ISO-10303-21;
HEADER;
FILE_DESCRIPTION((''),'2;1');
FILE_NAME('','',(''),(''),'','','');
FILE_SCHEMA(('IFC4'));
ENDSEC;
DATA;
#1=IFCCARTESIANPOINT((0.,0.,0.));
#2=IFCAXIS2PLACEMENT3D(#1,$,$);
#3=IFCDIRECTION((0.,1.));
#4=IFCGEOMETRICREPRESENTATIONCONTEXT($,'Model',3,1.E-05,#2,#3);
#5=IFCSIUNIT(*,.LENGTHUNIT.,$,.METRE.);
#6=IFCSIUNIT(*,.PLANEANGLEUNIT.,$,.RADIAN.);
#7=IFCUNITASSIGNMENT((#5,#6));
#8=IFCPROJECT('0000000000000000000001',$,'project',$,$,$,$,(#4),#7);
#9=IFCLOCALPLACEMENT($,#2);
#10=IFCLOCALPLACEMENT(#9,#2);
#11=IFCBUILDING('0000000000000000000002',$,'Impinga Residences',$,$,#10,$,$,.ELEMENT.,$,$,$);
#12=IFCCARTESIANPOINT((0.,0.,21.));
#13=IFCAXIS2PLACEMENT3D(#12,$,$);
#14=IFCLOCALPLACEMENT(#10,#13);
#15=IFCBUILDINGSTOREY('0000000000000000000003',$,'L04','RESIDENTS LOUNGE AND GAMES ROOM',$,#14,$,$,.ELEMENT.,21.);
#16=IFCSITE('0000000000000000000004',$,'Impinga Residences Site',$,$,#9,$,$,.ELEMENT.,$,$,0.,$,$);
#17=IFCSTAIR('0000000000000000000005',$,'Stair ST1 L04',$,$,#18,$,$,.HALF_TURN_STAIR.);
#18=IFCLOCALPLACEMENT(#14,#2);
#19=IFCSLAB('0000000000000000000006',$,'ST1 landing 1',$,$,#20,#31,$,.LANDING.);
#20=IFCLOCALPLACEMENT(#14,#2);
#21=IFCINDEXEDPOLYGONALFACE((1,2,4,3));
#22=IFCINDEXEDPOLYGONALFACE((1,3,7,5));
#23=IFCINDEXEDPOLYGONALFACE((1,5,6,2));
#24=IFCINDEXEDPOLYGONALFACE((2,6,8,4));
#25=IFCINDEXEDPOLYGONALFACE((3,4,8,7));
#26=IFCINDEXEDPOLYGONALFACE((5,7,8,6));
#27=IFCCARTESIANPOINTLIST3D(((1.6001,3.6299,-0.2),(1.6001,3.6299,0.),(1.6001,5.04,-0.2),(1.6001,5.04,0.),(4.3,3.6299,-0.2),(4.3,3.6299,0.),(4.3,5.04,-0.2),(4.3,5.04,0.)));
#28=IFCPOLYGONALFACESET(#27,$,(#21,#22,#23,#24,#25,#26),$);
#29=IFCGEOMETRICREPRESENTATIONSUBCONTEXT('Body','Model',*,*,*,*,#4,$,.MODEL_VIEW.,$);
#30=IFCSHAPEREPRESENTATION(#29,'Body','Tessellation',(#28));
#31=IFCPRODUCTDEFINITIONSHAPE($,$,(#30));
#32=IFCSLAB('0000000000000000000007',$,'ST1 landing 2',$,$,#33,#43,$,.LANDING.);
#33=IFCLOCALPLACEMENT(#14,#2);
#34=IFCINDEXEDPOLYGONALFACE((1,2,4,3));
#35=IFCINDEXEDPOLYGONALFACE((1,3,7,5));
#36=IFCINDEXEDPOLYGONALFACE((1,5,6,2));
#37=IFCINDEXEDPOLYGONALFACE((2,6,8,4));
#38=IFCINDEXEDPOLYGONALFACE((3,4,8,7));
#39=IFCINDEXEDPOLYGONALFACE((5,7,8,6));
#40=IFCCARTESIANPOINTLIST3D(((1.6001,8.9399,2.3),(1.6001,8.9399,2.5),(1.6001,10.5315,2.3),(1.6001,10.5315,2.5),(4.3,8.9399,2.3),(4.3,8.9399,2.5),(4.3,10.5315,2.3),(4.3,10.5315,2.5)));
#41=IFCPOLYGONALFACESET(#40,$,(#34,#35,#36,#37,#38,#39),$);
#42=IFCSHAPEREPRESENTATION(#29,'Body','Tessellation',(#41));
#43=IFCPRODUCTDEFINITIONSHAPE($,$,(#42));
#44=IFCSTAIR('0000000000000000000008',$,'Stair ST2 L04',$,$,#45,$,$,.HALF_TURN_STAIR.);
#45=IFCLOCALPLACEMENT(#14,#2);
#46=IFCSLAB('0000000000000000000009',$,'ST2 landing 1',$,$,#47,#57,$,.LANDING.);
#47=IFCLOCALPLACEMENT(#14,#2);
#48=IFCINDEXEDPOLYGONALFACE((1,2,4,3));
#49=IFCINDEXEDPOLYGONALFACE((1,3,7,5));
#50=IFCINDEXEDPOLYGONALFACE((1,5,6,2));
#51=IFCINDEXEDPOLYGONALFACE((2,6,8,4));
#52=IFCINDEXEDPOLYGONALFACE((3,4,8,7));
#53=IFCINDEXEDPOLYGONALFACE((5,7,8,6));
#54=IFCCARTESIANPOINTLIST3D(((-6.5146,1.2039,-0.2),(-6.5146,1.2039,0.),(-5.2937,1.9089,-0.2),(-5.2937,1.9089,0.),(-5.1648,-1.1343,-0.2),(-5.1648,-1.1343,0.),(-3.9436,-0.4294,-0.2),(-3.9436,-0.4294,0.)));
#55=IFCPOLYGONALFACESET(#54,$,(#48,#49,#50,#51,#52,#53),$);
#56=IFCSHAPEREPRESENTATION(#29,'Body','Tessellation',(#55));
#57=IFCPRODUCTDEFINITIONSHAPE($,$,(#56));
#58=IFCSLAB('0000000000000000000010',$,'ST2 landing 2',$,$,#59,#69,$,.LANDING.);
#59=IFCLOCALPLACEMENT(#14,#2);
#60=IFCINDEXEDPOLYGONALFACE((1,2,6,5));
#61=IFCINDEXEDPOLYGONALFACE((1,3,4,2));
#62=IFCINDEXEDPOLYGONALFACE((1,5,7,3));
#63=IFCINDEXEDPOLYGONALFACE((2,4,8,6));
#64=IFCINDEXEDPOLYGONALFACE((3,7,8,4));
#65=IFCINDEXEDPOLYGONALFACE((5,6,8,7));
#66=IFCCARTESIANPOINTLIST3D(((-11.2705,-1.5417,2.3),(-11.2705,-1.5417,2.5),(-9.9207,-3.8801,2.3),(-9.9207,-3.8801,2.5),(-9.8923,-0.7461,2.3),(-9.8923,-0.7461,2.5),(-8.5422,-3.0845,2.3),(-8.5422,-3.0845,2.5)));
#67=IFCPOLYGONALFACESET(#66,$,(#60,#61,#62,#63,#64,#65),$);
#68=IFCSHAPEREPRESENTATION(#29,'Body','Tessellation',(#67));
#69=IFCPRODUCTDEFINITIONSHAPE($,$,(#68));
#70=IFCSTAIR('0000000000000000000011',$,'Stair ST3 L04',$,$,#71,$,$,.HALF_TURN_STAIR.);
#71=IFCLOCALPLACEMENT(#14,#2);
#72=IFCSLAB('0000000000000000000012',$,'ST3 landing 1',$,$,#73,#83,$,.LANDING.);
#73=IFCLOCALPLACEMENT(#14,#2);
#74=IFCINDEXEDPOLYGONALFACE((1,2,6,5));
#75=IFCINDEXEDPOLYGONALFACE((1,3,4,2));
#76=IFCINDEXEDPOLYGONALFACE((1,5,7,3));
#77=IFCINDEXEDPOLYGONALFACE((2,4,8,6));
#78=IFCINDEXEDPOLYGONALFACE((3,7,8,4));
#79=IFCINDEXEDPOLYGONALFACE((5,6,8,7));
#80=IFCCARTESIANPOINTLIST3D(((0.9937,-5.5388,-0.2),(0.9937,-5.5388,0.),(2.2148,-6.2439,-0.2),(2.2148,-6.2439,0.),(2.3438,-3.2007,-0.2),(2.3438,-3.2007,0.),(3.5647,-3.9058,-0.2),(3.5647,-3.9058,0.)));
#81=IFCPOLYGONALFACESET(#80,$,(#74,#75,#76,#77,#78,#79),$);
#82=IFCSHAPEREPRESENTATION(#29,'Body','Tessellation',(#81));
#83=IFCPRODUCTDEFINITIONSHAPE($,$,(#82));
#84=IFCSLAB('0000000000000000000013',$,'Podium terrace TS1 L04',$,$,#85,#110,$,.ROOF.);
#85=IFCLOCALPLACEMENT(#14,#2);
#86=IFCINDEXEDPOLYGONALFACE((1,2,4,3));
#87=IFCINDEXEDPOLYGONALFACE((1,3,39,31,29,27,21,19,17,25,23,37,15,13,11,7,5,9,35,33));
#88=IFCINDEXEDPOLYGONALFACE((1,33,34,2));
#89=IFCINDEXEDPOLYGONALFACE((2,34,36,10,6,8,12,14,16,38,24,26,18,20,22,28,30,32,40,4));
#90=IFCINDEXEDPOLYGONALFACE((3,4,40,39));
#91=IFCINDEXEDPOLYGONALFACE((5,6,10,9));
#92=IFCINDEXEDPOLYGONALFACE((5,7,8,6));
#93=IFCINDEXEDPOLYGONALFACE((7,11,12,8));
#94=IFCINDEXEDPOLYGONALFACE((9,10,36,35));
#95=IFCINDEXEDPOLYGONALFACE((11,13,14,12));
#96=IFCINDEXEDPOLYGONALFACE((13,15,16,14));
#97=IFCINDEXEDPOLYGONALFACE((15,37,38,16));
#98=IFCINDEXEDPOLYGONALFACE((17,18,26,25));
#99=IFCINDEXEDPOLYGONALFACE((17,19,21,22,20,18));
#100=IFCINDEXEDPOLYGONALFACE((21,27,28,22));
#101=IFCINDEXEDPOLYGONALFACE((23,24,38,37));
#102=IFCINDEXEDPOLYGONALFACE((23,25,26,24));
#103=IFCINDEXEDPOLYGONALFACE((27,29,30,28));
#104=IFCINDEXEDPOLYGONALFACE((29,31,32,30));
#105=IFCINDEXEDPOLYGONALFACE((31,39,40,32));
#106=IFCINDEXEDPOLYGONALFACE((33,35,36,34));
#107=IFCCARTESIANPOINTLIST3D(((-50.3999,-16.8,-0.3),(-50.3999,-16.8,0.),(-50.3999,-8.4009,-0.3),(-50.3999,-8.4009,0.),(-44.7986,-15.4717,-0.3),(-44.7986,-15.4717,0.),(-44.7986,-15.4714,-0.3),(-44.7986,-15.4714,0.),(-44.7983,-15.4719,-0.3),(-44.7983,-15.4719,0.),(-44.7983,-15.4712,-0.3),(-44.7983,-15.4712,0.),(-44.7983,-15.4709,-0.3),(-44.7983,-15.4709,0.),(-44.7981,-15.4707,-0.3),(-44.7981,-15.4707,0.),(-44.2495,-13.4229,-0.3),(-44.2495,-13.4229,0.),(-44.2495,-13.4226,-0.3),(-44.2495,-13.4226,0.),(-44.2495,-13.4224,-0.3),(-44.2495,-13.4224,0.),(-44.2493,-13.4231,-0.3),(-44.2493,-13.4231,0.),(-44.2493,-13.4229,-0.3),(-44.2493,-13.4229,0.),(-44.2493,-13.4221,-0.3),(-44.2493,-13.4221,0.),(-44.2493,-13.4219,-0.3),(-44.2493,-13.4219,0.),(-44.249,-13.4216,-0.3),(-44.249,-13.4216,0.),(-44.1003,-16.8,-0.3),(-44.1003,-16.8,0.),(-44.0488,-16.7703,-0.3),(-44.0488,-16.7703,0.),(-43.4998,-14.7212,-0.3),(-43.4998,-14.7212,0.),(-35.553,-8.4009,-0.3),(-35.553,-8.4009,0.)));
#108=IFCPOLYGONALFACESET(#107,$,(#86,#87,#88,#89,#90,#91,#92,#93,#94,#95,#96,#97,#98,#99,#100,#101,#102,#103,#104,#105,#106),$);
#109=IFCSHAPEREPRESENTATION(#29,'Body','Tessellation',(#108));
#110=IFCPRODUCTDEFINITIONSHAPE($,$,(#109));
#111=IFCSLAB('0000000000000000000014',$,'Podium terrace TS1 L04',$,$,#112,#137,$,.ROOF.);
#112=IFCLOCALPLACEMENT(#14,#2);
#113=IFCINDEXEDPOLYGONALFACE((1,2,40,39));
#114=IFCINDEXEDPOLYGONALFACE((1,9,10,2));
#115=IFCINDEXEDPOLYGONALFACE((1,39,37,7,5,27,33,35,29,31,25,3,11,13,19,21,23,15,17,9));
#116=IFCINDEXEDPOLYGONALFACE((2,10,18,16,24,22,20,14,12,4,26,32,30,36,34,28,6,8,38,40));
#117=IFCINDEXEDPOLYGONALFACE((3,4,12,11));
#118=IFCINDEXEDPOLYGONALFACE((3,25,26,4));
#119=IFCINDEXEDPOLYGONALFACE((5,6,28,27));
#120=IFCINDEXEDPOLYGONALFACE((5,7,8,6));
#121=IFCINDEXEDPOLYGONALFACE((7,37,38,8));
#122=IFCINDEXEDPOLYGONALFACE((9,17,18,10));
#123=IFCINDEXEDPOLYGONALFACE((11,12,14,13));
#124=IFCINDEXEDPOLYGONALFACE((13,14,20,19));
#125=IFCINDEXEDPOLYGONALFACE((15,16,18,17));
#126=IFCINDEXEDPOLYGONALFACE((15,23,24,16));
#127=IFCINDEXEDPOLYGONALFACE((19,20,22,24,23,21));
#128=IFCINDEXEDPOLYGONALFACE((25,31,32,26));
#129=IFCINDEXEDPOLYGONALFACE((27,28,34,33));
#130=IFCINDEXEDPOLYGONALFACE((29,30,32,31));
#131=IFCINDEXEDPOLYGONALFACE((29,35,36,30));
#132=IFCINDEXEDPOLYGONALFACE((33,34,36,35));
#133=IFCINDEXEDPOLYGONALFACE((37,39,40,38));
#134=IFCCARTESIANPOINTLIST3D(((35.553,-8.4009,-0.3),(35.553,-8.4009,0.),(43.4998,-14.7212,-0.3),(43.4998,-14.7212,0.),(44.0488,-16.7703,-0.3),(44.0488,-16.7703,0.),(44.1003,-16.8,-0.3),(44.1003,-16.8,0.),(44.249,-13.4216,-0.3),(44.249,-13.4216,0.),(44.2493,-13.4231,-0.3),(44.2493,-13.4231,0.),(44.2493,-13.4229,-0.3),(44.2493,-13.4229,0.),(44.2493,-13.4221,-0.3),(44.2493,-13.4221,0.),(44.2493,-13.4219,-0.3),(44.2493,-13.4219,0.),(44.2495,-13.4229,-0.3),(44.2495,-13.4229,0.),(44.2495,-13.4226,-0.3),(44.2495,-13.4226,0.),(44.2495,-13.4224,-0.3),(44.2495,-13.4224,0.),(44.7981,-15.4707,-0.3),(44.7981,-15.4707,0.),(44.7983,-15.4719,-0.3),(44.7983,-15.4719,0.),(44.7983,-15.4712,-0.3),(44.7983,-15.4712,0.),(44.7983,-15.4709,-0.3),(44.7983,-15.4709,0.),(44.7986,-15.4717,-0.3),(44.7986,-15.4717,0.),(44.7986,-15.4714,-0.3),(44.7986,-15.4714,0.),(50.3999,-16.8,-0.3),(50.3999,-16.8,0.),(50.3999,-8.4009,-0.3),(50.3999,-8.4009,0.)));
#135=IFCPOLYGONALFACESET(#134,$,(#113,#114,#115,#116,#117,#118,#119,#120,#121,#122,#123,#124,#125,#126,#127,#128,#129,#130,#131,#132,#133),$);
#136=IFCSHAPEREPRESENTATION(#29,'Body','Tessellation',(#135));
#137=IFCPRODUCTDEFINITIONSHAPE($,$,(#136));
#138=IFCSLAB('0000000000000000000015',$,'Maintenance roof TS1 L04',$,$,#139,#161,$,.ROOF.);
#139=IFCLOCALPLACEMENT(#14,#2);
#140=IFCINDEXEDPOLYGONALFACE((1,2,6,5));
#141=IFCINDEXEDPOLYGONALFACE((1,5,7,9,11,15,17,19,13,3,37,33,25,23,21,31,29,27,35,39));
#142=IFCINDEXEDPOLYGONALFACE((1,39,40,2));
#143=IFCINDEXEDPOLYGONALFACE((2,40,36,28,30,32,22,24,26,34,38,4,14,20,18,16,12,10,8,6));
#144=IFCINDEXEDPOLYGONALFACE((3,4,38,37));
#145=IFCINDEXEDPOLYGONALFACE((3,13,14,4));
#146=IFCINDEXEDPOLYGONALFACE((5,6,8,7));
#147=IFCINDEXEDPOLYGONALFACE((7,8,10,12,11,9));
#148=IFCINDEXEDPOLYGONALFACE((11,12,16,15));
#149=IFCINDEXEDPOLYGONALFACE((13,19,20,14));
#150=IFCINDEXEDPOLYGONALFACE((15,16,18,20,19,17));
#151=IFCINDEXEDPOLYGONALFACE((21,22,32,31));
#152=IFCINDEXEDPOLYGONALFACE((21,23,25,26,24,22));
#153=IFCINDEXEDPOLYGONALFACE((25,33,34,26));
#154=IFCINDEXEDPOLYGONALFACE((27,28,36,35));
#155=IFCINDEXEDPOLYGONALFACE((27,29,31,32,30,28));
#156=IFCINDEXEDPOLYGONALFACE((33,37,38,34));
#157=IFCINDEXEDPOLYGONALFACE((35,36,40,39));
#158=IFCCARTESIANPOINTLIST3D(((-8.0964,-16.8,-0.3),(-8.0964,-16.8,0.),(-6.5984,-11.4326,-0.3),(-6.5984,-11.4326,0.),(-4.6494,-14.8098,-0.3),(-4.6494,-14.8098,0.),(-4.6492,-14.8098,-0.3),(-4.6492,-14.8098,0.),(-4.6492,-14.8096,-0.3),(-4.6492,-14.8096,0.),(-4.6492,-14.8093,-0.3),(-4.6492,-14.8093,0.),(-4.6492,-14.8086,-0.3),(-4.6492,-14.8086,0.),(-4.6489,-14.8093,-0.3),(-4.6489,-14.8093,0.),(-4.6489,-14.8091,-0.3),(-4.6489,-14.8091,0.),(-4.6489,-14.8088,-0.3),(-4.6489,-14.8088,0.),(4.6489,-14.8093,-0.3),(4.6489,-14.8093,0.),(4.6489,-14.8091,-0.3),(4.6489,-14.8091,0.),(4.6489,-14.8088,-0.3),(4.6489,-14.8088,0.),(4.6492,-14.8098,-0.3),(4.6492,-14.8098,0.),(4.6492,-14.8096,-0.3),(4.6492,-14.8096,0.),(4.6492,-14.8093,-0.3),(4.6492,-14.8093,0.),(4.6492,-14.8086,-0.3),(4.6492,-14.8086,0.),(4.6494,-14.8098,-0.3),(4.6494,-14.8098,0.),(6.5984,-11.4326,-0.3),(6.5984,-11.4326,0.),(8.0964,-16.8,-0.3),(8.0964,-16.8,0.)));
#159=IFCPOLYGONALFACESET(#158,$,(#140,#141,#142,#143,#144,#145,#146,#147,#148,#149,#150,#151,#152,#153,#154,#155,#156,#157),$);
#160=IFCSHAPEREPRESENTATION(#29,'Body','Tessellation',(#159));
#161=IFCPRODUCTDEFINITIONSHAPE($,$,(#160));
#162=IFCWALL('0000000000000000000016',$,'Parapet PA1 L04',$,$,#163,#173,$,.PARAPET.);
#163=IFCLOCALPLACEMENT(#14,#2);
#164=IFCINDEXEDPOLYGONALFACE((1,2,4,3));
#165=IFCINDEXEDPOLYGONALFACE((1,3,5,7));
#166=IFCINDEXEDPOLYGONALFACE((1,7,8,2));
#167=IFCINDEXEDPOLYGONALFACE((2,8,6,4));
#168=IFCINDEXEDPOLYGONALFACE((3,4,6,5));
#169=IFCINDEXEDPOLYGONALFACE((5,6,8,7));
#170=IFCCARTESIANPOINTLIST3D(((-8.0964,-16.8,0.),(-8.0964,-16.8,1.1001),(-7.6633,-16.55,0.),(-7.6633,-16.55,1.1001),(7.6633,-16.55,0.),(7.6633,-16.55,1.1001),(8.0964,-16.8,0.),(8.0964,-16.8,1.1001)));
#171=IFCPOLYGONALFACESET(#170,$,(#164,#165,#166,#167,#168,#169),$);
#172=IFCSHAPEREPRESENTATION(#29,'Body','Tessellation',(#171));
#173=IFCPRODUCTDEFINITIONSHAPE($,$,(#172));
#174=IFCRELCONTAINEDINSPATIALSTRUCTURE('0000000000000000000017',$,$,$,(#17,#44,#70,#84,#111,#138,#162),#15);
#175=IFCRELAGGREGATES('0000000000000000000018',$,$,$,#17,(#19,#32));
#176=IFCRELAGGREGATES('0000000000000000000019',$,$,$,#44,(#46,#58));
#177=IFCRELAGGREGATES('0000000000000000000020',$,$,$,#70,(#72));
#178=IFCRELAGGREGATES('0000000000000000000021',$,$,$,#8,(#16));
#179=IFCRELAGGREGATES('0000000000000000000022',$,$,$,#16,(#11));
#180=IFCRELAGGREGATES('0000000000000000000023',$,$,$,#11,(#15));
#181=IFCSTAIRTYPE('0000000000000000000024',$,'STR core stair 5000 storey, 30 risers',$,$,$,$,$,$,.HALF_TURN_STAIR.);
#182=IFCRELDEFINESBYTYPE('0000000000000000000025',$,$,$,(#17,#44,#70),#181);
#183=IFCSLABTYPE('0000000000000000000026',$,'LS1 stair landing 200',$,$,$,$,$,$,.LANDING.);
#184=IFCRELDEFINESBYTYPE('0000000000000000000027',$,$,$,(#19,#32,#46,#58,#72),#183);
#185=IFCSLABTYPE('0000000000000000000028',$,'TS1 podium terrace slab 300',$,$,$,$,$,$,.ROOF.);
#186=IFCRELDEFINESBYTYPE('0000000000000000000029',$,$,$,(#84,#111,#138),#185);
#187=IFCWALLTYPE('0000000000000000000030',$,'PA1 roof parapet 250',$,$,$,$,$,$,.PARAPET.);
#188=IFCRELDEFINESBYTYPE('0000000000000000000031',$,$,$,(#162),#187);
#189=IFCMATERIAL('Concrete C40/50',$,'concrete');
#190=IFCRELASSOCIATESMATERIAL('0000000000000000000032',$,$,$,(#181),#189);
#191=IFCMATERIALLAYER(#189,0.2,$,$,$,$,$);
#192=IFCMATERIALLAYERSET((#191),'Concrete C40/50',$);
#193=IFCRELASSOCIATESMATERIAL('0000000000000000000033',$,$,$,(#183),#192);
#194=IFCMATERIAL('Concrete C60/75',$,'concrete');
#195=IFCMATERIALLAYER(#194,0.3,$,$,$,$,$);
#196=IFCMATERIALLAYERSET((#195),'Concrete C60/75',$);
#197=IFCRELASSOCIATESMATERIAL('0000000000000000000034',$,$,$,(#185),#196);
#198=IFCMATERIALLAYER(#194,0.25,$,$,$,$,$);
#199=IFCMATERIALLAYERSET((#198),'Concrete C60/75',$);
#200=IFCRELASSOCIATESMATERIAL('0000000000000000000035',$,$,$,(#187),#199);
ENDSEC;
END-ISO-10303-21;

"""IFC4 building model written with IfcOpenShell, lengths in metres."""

from ifc_helpers import new_model, si_unit, direction, frame, origin, place, context, subcontext, project, spatial, polyline, outline, extrude, material, layer, layer_set, type_object, element, aggregate, save


model = new_model("IFC4")

# Units and contexts
model_context = context("Model", 3, precision=1e-05, world=origin(), true_north=direction((0.0, 1.0)))
body_context = subcontext(model_context, "Body", "Model", "MODEL_VIEW")
ifc_project = project(units=[si_unit("LENGTHUNIT", "METRE"), si_unit("PLANEANGLEUNIT", "RADIAN")], contexts=[model_context])

# Site, building, storey
site_placement = place(None, origin())
site = spatial("IfcSite", under=ifc_project, at=site_placement, Name="Impinga Residences Site", CompositionType="ELEMENT", RefElevation=0.0)
building_placement = place(site_placement, origin())
building = spatial("IfcBuilding", under=site, at=building_placement, Name="Impinga Residences", CompositionType="ELEMENT")
storey_placement = place(building_placement, frame((0.0, 0.0, 21.0)))
storey = spatial("IfcBuildingStorey", under=building, at=storey_placement, Name="L04", Description="RESIDENTS LOUNGE AND GAMES ROOM", CompositionType="ELEMENT", Elevation=21.0)

# Stairs, slabs
ifc_material_1 = material(Name="Concrete C40/50", Category="concrete")
stair_type = type_object("IfcStairType", Name="STR core stair 5000 storey, 30 risers", PredefinedType="HALF_TURN_STAIR", material=ifc_material_1)
stair_1_placement = place(storey_placement, origin())
stair_1 = element("IfcStair", 1, at=stair_1_placement, inside=storey, type_object=stair_type, Name="Stair ST1 L04", PredefinedType="HALF_TURN_STAIR")
ifc_layer_1 = layer(ifc_material_1, 0.2)
ifc_layer_set_1 = layer_set([ifc_layer_1], Name="Concrete C40/50")
slab_type_1 = type_object("IfcSlabType", Name="LS1 stair landing 200", PredefinedType="LANDING", material=ifc_layer_set_1)
slab_1_placement = place(storey_placement, frame((0.0, 0.0, -0.2)))
slab_1 = element("IfcSlab", 2, at=slab_1_placement, type_object=slab_type_1, Name="ST1 landing 1", PredefinedType="LANDING", context=body_context, shape_type="SweptSolid", body=[
    extrude(outline(polyline([(1.6001, 3.6299), (4.3, 3.6299), (4.3, 5.04), (1.6001, 5.04), (1.6001, 3.6299)])), origin(), (0.0, 0.0, 1.0), 0.2),
])
slab_2_placement = place(storey_placement, frame((0.0, 0.0, 2.3)))
slab_2 = element("IfcSlab", 3, at=slab_2_placement, type_object=slab_type_1, Name="ST1 landing 2", PredefinedType="LANDING", context=body_context, shape_type="SweptSolid", body=[
    extrude(outline(polyline([(1.6001, 8.9399), (4.3, 8.9399), (4.3, 10.5315), (1.6001, 10.5315), (1.6001, 8.9399)])), origin(), (0.0, 0.0, 1.0), 0.2),
])
aggregate(stair_1, [slab_1, slab_2])
stair_2_placement = place(storey_placement, origin())
stair_2 = element("IfcStair", 4, at=stair_2_placement, inside=storey, type_object=stair_type, Name="Stair ST2 L04", PredefinedType="HALF_TURN_STAIR")
slab_3_placement = place(storey_placement, frame((0.0, 0.0, -0.2)))
slab_3 = element("IfcSlab", 5, at=slab_3_placement, type_object=slab_type_1, Name="ST2 landing 1", PredefinedType="LANDING", context=body_context, shape_type="SweptSolid", body=[
    extrude(outline(polyline([(-3.9436, -0.4294), (-5.2937, 1.9089), (-6.5146, 1.2039), (-5.1648, -1.1343), (-3.9436, -0.4294)])), origin(), (0.0, 0.0, 1.0), 0.2),
])
slab_4_placement = place(storey_placement, frame((0.0, 0.0, 2.3)))
slab_4 = element("IfcSlab", 6, at=slab_4_placement, type_object=slab_type_1, Name="ST2 landing 2", PredefinedType="LANDING", context=body_context, shape_type="SweptSolid", body=[
    extrude(outline(polyline([(-8.5422, -3.0845), (-9.8923, -0.7461), (-11.2705, -1.5417), (-9.9207, -3.8801), (-8.5422, -3.0845)])), origin(), (0.0, 0.0, 1.0), 0.2),
])
aggregate(stair_2, [slab_3, slab_4])

# Stair, slab
stair_3_placement = place(storey_placement, origin())
stair_3 = element("IfcStair", 7, at=stair_3_placement, inside=storey, type_object=stair_type, Name="Stair ST3 L04", PredefinedType="HALF_TURN_STAIR")
slab_5_placement = place(storey_placement, frame((0.0, 0.0, -0.2)))
slab_5 = element("IfcSlab", 8, at=slab_5_placement, type_object=slab_type_1, Name="ST3 landing 1", PredefinedType="LANDING", context=body_context, shape_type="SweptSolid", body=[
    extrude(outline(polyline([(2.3438, -3.2007), (0.9937, -5.5388), (2.2148, -6.2439), (3.5647, -3.9058), (2.3438, -3.2007)])), origin(), (0.0, 0.0, 1.0), 0.2),
])
aggregate(stair_3, [slab_5])

# Slabs
ifc_material_2 = material(Name="Concrete C60/75", Category="concrete")
ifc_layer_2 = layer(ifc_material_2, 0.3)
ifc_layer_set_2 = layer_set([ifc_layer_2], Name="Concrete C60/75")
slab_type_2 = type_object("IfcSlabType", Name="TS1 podium terrace slab 300", PredefinedType="ROOF", material=ifc_layer_set_2)
slab_6_placement = place(storey_placement, frame((0.0, 0.0, -0.3)))
element("IfcSlab", 9, at=slab_6_placement, inside=storey, type_object=slab_type_2, Name="Podium terrace TS1 L04", PredefinedType="ROOF", context=body_context, shape_type="SweptSolid", body=[
    extrude(outline(polyline([(-50.3999, -16.8), (-50.3999, -8.4009), (-35.553, -8.4009), (-44.249, -13.4216), (-44.249, -13.4216), (-44.249, -13.4216), (-44.2493, -13.4219), (-44.2493, -13.4219), (-44.2493, -13.4219), (-44.2493, -13.4221), (-44.2493, -13.4221), (-44.2495, -13.4224), (-44.2495, -13.4224), (-44.2495, -13.4224), (-44.2495, -13.4226), (-44.2495, -13.4226), (-44.2495, -13.4226), (-44.2495, -13.4229), (-44.2493, -13.4229), (-44.2493, -13.4231), (-43.4998, -14.7212), (-44.7981, -15.4707), (-44.7981, -15.4707), (-44.7981, -15.4707), (-44.7983, -15.4709), (-44.7983, -15.4709), (-44.7983, -15.4709), (-44.7983, -15.4712), (-44.7983, -15.4712), (-44.7983, -15.4712), (-44.7986, -15.4714), (-44.7986, -15.4714), (-44.7986, -15.4717), (-44.7986, -15.4717), (-44.7986, -15.4717), (-44.7983, -15.4719), (-44.7983, -15.4719), (-44.7983, -15.4719), (-44.0488, -16.7703), (-44.1003, -16.8), (-50.3999, -16.8)])), origin(), (0.0, 0.0, 1.0), 0.3),
])
slab_7_placement = place(storey_placement, frame((0.0, 0.0, -0.3)))
element("IfcSlab", 10, at=slab_7_placement, inside=storey, type_object=slab_type_2, Name="Podium terrace TS1 L04", PredefinedType="ROOF", context=body_context, shape_type="SweptSolid", body=[
    extrude(outline(polyline([(50.3999, -16.8), (44.1003, -16.8), (44.0488, -16.7703), (44.7983, -15.4719), (44.7983, -15.4719), (44.7983, -15.4719), (44.7986, -15.4717), (44.7986, -15.4717), (44.7986, -15.4717), (44.7986, -15.4714), (44.7986, -15.4714), (44.7983, -15.4712), (44.7983, -15.4712), (44.7983, -15.4712), (44.7983, -15.4709), (44.7983, -15.4709), (44.7983, -15.4709), (44.7981, -15.4707), (44.7981, -15.4707), (44.7981, -15.4707), (43.4998, -14.7212), (44.2493, -13.4231), (44.2493, -13.4229), (44.2495, -13.4229), (44.2495, -13.4226), (44.2495, -13.4226), (44.2495, -13.4226), (44.2495, -13.4224), (44.2495, -13.4224), (44.2495, -13.4224), (44.2493, -13.4221), (44.2493, -13.4221), (44.2493, -13.4219), (44.2493, -13.4219), (44.2493, -13.4219), (44.249, -13.4216), (44.249, -13.4216), (44.249, -13.4216), (35.553, -8.4009), (50.3999, -8.4009), (50.3999, -16.8)])), origin(), (0.0, 0.0, 1.0), 0.3),
])
slab_8_placement = place(storey_placement, frame((0.0, 0.0, -0.3)))
element("IfcSlab", 11, at=slab_8_placement, inside=storey, type_object=slab_type_2, Name="Maintenance roof TS1 L04", PredefinedType="ROOF", context=body_context, shape_type="SweptSolid", body=[
    extrude(outline(polyline([(-8.0964, -16.8), (-4.6494, -14.8098), (-4.6494, -14.8098), (-4.6494, -14.8098), (-4.6492, -14.8098), (-4.6492, -14.8096), (-4.6492, -14.8096), (-4.6492, -14.8096), (-4.6492, -14.8093), (-4.6489, -14.8093), (-4.6489, -14.8091), (-4.6489, -14.8091), (-4.6489, -14.8091), (-4.6489, -14.8088), (-4.6489, -14.8088), (-4.6492, -14.8086), (-4.6492, -14.8086), (-4.6492, -14.8086), (-6.5984, -11.4326), (6.5984, -11.4326), (4.6492, -14.8086), (4.6492, -14.8086), (4.6492, -14.8086), (4.6489, -14.8088), (4.6489, -14.8088), (4.6489, -14.8091), (4.6489, -14.8091), (4.6489, -14.8091), (4.6489, -14.8093), (4.6492, -14.8093), (4.6492, -14.8096), (4.6492, -14.8096), (4.6492, -14.8096), (4.6492, -14.8098), (4.6494, -14.8098), (4.6494, -14.8098), (4.6494, -14.8098), (8.0964, -16.8), (-8.0964, -16.8)])), origin(), (0.0, 0.0, 1.0), 0.3),
])

# Wall
ifc_layer_3 = layer(ifc_material_2, 0.25)
ifc_layer_set_3 = layer_set([ifc_layer_3], Name="Concrete C60/75")
wall_type_1 = type_object("IfcWallType", Name="PA1 roof parapet 250", PredefinedType="PARAPET", material=ifc_layer_set_3)
wall_1_placement = place(storey_placement, origin())
element("IfcWall", 12, at=wall_1_placement, inside=storey, type_object=wall_type_1, Name="Parapet PA1 L04", PredefinedType="PARAPET", context=body_context, shape_type="SweptSolid", body=[
    extrude(outline(polyline([(8.0964, -16.8), (-8.0964, -16.8), (-7.6633, -16.55), (7.6633, -16.55), (8.0964, -16.8)])), origin(), (0.0, 0.0, 1.0), 1.1001),
])

save(model, "model.ifc")
